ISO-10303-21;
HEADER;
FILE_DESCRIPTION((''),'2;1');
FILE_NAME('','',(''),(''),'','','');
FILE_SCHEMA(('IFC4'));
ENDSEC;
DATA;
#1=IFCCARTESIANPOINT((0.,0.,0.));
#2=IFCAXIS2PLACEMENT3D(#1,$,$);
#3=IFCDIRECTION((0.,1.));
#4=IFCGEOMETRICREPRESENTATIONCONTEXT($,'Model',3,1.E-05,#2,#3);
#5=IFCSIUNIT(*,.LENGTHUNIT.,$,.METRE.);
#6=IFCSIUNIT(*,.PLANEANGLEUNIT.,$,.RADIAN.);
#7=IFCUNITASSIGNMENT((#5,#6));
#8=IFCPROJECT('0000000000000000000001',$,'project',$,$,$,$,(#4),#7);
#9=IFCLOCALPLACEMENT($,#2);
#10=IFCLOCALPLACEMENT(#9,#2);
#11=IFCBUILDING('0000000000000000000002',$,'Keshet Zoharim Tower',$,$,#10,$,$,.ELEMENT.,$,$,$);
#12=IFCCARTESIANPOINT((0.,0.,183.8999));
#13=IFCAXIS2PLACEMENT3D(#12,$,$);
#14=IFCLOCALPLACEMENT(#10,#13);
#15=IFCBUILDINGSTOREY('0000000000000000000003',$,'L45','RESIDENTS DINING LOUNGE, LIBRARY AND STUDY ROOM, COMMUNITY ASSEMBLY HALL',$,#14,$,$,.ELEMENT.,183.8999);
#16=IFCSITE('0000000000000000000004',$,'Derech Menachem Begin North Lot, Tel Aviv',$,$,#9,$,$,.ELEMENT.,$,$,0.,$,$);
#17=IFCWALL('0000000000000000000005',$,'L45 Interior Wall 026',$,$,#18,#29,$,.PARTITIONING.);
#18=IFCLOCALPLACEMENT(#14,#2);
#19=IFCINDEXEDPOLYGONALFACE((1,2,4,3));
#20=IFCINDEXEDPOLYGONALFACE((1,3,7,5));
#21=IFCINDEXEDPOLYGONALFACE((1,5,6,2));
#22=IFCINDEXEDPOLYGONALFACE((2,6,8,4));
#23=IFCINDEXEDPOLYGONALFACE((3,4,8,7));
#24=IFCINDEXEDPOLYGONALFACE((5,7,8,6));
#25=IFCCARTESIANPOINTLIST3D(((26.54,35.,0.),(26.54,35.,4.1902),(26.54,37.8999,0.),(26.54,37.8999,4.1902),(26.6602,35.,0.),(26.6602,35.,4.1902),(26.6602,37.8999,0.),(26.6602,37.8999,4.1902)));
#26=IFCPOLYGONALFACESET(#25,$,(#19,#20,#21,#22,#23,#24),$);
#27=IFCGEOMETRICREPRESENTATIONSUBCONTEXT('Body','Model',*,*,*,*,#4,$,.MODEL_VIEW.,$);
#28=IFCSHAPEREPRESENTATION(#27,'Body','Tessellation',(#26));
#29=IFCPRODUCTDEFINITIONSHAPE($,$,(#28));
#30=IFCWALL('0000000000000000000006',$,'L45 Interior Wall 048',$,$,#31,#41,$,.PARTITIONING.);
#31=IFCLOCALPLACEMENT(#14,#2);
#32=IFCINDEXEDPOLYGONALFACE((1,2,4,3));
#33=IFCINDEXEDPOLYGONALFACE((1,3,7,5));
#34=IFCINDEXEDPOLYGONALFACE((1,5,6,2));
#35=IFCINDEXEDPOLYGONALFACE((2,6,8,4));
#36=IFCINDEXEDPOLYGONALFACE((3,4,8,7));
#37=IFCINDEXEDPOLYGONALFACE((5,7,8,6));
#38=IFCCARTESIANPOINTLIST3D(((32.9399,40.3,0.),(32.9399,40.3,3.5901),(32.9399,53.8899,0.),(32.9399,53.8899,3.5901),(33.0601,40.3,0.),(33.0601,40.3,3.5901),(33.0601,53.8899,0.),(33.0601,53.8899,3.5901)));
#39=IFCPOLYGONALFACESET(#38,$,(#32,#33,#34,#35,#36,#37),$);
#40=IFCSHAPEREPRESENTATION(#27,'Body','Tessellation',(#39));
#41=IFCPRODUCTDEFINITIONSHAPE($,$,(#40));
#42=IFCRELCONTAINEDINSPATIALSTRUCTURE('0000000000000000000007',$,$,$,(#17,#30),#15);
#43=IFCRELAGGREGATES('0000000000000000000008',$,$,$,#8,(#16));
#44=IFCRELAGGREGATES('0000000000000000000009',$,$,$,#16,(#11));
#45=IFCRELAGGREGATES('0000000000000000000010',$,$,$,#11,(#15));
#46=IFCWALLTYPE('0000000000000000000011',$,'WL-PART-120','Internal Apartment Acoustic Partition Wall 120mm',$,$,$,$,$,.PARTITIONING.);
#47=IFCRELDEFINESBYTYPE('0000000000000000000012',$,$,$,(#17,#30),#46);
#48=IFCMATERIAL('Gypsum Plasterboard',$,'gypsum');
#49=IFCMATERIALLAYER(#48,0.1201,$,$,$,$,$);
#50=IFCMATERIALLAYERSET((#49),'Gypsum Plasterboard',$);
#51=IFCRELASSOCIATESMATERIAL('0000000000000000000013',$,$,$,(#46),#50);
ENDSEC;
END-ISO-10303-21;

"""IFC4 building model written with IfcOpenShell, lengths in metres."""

from ifc_helpers import new_model, si_unit, direction, frame, frame_2d, origin, place, context, subcontext, project, spatial, rectangle, extrude, material, layer, layer_set, type_object, element, save


model = new_model("IFC4")

# Units and contexts
model_context = context("Model", 3, precision=1e-05, world=origin(), true_north=direction((0.0, 1.0)))
body_context = subcontext(model_context, "Body", "Model", "MODEL_VIEW")
ifc_project = project(units=[si_unit("LENGTHUNIT", "METRE"), si_unit("PLANEANGLEUNIT", "RADIAN")], contexts=[model_context])

# Site, building, storey
site_placement = place(None, origin())
site = spatial("IfcSite", under=ifc_project, at=site_placement, Name="Derech Menachem Begin North Lot, Tel Aviv", CompositionType="ELEMENT", RefElevation=0.0)
building_placement = place(site_placement, origin())
building = spatial("IfcBuilding", under=site, at=building_placement, Name="Keshet Zoharim Tower", CompositionType="ELEMENT")
storey_placement = place(building_placement, frame((0.0, 0.0, 183.8999)))
storey = spatial("IfcBuildingStorey", under=building, at=storey_placement, Name="L45", Description="RESIDENTS DINING LOUNGE, LIBRARY AND STUDY ROOM, COMMUNITY ASSEMBLY HALL", CompositionType="ELEMENT", Elevation=183.8999)

# Shared definitions
ifc_material_1 = material(Name="Gypsum Plasterboard", Category="gypsum")

# Walls
ifc_layer_1 = layer(ifc_material_1, 0.1201)
ifc_layer_set_1 = layer_set([ifc_layer_1], Name="Gypsum Plasterboard")
wall_type_1 = type_object("IfcWallType", Name="WL-PART-120", Description="Internal Apartment Acoustic Partition Wall 120mm", PredefinedType="PARTITIONING", material=ifc_layer_set_1)
wall_1_placement = place(storey_placement, frame((26.6001, 35.0, 0.0), z_axis=(0.0, 0.0, 1.0), x_axis=(0.0, 1.0, 0.0)))
element("IfcWall", 1, at=wall_1_placement, inside=storey, type_object=wall_type_1, Name="L45 Interior Wall 026", PredefinedType="PARTITIONING", context=body_context, shape_type="SweptSolid", body=[
    extrude(rectangle(XDim=2.8999, YDim=0.1201, at=frame_2d((1.45, 0.0))), origin(), (0.0, 0.0, 1.0), 4.1902),
])
wall_2_placement = place(storey_placement, frame((33.0, 40.3, 0.0), z_axis=(0.0, 0.0, 1.0), x_axis=(0.0, 1.0, 0.0)))
element("IfcWall", 2, at=wall_2_placement, inside=storey, type_object=wall_type_1, Name="L45 Interior Wall 048", PredefinedType="PARTITIONING", context=body_context, shape_type="SweptSolid", body=[
    extrude(rectangle(XDim=13.5898, YDim=0.1201, at=frame_2d((6.7949, 0.0))), origin(), (0.0, 0.0, 1.0), 3.5901),
])

save(model, "model.ifc")
